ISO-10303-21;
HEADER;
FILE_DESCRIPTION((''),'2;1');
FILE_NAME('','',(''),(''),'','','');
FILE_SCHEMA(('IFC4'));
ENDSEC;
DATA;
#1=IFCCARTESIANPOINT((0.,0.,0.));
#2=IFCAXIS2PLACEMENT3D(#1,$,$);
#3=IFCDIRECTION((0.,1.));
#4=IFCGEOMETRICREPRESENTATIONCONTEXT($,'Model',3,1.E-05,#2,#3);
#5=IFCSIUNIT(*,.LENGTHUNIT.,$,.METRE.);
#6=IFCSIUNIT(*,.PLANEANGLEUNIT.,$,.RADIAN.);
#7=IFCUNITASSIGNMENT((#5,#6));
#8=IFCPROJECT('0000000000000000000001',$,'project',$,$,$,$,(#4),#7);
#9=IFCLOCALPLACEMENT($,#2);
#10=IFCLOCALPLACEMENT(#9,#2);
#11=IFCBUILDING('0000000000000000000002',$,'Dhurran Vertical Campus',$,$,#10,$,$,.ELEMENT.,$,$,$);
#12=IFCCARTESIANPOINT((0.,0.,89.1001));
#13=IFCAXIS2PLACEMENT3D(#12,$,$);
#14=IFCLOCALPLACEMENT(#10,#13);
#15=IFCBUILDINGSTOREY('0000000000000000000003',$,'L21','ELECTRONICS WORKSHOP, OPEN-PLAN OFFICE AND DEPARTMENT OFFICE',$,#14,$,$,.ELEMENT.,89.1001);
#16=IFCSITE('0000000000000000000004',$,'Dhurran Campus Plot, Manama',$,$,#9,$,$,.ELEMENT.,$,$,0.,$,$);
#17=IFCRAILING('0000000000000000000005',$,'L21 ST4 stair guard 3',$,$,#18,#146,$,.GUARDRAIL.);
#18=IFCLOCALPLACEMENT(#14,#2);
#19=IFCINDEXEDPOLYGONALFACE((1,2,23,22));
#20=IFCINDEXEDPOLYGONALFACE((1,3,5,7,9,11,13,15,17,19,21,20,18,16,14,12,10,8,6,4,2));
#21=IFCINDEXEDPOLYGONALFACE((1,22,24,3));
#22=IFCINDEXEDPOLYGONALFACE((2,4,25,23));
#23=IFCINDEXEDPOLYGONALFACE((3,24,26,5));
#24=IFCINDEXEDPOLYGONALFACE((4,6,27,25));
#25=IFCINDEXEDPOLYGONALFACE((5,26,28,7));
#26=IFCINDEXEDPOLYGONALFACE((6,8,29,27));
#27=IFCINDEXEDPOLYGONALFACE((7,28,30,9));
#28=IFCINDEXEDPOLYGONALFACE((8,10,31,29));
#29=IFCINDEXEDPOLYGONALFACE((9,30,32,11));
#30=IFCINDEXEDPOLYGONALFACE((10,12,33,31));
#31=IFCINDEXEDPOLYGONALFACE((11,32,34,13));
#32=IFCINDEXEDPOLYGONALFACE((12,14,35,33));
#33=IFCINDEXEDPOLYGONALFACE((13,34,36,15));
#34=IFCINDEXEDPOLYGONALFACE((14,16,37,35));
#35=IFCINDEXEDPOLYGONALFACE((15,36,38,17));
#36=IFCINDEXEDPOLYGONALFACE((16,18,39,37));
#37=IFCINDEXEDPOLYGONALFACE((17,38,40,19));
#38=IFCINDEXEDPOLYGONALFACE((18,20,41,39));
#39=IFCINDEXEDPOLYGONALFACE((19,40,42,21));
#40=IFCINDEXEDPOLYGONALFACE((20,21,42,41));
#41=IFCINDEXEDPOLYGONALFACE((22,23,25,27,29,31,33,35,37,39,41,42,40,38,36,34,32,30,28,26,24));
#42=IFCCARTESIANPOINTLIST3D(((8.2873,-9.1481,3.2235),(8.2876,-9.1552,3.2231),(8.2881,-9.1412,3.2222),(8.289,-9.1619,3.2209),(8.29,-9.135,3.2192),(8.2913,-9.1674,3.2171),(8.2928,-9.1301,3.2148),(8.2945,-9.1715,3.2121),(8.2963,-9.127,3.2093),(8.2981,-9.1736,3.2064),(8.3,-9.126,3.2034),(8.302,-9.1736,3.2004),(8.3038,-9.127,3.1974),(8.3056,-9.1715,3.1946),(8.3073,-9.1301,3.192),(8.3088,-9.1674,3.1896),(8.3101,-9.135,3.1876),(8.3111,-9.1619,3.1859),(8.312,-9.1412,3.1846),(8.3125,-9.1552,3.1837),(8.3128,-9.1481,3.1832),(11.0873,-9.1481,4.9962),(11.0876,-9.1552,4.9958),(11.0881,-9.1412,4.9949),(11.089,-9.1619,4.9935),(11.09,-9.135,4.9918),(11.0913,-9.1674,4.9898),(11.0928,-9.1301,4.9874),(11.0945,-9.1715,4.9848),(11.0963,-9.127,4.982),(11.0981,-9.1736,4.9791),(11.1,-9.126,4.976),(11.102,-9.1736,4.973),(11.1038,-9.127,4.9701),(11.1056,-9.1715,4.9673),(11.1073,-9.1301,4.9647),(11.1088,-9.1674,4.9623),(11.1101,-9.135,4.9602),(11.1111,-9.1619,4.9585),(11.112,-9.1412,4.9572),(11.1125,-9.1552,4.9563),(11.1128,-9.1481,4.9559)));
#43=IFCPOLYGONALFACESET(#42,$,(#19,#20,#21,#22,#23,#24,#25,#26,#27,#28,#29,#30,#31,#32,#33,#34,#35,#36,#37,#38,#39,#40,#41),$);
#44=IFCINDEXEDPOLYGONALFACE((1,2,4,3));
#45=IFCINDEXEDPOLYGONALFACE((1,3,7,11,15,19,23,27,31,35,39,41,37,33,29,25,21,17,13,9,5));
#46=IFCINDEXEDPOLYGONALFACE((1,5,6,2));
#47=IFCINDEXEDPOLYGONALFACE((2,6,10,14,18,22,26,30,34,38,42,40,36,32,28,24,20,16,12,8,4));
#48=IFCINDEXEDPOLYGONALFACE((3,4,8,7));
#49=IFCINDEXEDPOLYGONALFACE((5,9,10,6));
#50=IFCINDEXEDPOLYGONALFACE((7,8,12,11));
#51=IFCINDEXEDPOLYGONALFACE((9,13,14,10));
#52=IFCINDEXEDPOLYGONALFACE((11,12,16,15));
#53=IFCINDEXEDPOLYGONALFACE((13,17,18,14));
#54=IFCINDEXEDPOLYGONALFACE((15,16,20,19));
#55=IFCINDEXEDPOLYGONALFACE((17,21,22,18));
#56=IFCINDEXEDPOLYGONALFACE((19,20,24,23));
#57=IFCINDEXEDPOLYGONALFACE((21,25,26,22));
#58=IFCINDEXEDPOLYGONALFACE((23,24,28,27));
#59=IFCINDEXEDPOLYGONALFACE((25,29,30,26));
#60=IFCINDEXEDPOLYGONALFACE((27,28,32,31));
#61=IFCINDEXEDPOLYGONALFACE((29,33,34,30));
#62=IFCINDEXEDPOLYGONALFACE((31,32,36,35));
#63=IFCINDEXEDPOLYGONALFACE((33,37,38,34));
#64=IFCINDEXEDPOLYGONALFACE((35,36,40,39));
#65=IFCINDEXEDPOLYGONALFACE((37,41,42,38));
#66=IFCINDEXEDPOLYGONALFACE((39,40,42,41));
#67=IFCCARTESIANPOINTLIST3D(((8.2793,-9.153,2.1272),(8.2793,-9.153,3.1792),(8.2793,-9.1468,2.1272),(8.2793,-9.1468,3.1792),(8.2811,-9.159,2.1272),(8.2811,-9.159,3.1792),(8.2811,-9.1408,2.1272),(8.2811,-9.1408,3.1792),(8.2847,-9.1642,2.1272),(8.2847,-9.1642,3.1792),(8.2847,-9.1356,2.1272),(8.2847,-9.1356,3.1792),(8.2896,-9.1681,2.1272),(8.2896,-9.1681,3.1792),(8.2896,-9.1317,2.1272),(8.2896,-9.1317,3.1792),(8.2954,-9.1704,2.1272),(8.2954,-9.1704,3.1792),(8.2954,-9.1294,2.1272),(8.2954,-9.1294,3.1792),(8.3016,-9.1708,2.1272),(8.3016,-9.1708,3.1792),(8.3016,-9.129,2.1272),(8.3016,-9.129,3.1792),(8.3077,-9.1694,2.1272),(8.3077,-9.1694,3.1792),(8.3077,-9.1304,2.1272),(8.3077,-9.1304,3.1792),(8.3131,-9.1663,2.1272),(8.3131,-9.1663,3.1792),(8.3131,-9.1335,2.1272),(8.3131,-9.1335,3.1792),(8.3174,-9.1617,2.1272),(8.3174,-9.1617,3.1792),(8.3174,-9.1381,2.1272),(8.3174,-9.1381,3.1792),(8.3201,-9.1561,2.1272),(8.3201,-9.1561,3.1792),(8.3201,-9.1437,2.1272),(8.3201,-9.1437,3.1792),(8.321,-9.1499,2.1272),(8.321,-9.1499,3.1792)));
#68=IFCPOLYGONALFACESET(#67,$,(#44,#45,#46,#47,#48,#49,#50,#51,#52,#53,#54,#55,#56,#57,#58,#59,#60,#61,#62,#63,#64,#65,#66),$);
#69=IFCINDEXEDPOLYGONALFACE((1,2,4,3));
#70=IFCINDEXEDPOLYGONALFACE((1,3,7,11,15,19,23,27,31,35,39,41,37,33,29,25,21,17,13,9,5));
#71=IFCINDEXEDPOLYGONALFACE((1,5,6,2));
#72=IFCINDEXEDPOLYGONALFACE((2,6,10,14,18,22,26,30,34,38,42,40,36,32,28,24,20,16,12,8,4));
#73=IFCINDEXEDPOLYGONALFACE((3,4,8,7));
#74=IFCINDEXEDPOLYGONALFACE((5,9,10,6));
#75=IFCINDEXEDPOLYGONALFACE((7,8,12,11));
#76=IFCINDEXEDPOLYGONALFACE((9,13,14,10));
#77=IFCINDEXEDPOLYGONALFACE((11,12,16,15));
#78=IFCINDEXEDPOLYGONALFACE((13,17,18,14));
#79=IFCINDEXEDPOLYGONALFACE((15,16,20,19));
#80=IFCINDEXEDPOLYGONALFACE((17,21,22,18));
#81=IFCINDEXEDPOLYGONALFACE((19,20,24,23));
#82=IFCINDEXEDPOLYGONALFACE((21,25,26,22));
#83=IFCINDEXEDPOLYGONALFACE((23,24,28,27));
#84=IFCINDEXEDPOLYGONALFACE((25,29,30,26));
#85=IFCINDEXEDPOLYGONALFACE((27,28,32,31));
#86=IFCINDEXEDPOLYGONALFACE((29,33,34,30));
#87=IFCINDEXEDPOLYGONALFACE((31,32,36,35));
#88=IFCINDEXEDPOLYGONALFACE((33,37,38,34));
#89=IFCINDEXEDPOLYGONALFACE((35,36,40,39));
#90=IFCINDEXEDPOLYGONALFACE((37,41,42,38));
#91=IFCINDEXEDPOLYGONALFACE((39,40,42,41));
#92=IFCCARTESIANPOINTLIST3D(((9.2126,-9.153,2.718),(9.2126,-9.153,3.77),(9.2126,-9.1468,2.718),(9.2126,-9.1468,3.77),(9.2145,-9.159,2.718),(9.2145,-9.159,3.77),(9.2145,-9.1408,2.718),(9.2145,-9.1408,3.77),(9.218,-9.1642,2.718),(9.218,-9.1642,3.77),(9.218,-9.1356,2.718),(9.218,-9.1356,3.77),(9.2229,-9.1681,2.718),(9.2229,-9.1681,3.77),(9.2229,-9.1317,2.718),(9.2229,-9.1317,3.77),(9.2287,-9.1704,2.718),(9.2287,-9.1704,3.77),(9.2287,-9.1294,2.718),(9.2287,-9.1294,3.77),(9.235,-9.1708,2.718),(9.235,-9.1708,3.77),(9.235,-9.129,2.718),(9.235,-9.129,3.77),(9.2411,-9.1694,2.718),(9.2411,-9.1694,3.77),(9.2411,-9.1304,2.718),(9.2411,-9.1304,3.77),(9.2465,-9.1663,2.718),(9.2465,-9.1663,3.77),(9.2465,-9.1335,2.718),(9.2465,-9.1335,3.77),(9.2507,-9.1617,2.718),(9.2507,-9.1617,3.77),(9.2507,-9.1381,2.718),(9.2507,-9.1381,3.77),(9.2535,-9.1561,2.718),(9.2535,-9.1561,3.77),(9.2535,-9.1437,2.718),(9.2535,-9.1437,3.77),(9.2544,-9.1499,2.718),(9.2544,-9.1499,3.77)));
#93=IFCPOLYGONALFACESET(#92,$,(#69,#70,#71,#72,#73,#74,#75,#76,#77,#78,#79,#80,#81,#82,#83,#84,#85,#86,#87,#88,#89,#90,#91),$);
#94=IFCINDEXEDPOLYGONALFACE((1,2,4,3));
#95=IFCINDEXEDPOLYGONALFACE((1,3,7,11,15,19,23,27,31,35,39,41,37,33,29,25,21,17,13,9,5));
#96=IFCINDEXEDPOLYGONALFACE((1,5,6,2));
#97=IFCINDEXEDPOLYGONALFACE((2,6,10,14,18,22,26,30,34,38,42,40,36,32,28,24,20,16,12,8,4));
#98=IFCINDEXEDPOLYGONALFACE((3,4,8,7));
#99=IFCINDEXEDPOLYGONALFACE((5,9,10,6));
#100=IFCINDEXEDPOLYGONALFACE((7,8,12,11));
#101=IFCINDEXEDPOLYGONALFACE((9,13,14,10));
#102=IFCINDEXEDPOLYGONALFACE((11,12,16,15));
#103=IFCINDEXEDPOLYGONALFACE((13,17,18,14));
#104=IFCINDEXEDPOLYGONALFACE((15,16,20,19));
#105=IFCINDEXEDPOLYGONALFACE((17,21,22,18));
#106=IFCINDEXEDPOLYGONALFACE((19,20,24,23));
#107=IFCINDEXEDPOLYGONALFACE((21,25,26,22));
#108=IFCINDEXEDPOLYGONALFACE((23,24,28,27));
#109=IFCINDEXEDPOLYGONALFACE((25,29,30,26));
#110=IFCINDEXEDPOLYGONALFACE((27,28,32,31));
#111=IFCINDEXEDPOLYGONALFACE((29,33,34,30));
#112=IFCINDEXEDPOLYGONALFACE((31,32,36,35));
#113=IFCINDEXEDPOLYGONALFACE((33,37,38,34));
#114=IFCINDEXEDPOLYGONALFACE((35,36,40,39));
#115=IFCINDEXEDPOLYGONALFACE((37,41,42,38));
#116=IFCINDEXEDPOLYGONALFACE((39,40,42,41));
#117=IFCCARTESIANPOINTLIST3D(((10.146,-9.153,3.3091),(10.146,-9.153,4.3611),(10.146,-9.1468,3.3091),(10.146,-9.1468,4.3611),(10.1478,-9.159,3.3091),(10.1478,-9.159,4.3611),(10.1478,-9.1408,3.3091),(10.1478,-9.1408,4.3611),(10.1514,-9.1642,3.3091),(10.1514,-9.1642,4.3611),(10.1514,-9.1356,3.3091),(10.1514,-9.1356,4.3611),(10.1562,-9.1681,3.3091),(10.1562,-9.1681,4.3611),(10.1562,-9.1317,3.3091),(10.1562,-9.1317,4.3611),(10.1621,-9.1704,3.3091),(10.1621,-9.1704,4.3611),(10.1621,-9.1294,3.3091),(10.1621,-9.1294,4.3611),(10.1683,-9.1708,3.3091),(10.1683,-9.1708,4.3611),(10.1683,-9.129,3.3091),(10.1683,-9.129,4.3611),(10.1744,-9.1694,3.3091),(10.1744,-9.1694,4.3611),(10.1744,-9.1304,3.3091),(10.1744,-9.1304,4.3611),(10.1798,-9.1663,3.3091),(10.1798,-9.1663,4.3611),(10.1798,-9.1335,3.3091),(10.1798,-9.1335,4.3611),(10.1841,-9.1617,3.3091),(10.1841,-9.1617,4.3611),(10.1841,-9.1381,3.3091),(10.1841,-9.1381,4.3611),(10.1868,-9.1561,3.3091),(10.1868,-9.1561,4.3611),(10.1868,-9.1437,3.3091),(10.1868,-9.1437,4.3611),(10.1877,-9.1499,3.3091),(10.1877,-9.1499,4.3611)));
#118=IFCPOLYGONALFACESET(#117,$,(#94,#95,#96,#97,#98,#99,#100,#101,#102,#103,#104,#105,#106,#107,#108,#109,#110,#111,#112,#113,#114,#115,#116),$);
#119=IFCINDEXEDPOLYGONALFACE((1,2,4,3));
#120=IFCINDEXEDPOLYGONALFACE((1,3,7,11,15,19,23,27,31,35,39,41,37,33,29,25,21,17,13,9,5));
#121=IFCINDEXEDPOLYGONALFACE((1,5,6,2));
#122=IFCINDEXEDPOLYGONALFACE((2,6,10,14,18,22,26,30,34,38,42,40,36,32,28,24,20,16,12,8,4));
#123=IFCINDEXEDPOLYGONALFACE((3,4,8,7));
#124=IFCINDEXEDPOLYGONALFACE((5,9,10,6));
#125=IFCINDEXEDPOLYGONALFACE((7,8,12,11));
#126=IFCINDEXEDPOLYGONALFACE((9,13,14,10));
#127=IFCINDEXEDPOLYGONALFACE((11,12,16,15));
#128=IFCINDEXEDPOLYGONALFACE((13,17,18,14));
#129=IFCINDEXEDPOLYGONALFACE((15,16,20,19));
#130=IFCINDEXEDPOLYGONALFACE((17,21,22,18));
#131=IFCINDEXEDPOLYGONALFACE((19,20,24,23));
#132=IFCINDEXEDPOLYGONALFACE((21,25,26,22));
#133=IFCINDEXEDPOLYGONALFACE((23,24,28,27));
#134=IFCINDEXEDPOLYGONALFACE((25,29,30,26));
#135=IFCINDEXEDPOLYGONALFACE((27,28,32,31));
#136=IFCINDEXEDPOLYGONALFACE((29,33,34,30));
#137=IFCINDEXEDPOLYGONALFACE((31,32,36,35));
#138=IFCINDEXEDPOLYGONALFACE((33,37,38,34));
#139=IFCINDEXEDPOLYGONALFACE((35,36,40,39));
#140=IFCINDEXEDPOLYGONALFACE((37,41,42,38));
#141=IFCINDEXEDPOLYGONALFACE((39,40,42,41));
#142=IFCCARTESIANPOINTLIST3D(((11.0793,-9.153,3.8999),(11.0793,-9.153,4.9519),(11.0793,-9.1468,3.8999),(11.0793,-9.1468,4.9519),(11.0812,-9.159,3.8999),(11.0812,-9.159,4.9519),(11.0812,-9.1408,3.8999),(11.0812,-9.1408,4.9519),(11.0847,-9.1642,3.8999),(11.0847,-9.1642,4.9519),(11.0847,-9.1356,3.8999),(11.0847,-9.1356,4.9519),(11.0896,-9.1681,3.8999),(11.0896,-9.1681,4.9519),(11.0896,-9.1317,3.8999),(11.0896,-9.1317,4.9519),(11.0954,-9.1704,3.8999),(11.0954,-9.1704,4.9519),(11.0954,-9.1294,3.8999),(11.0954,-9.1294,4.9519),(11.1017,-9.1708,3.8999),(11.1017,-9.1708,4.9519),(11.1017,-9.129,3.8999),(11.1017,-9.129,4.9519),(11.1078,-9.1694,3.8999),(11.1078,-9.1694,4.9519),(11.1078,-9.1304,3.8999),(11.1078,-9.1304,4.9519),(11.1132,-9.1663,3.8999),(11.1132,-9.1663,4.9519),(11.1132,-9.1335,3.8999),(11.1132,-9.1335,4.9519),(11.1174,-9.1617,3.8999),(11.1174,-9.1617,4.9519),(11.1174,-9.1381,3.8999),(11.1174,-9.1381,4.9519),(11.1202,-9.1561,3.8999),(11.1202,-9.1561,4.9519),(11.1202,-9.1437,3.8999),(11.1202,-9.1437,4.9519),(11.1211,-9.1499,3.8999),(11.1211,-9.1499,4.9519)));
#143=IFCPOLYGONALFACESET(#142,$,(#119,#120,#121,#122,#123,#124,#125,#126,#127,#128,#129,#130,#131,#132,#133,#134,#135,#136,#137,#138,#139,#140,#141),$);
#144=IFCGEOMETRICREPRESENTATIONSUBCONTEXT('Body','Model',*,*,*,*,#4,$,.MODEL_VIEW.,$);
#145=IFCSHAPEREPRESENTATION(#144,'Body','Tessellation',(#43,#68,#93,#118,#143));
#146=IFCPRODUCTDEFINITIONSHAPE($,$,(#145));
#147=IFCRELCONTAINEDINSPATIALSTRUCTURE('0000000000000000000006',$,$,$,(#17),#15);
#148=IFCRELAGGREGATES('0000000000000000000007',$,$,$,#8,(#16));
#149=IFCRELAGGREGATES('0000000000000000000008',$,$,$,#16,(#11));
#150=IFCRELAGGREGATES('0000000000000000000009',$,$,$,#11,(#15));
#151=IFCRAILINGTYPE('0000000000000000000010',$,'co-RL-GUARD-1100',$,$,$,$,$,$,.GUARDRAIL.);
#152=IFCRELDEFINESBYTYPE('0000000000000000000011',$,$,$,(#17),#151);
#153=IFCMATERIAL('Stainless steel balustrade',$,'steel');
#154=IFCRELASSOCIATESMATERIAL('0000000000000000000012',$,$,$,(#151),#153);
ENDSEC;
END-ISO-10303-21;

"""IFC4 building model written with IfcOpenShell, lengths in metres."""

from ifc_helpers import new_model, si_unit, direction, frame, origin, origin_2d, place, context, subcontext, project, spatial, circle, extrude, material, type_object, element, save


model = new_model("IFC4")

# Units and contexts
model_context = context("Model", 3, precision=1e-05, world=origin(), true_north=direction((0.0, 1.0)))
body_context = subcontext(model_context, "Body", "Model", "MODEL_VIEW")
ifc_project = project(units=[si_unit("LENGTHUNIT", "METRE"), si_unit("PLANEANGLEUNIT", "RADIAN")], contexts=[model_context])

# Site, building, storey
site_placement = place(None, origin())
site = spatial("IfcSite", under=ifc_project, at=site_placement, Name="Dhurran Campus Plot, Manama", CompositionType="ELEMENT", RefElevation=0.0)
building_placement = place(site_placement, origin())
building = spatial("IfcBuilding", under=site, at=building_placement, Name="Dhurran Vertical Campus", CompositionType="ELEMENT")
storey_placement = place(building_placement, frame((0.0, 0.0, 89.1001)))
storey = spatial("IfcBuildingStorey", under=building, at=storey_placement, Name="L21", Description="ELECTRONICS WORKSHOP, OPEN-PLAN OFFICE AND DEPARTMENT OFFICE", CompositionType="ELEMENT", Elevation=89.1001)

# Railing
ifc_material_1 = material(Name="Stainless steel balustrade", Category="steel")
railing_type_1 = type_object("IfcRailingType", Name="co-RL-GUARD-1100", PredefinedType="GUARDRAIL", material=ifc_material_1)
railing_1_placement = place(storey_placement, frame((8.3, -9.1499, 2.1272)))
element("IfcRailing", 1, at=railing_1_placement, inside=storey, type_object=railing_type_1, Name="L21 ST4 stair guard 3", PredefinedType="GUARDRAIL", context=body_context, shape_type="SweptSolid", body=[
    extrude(circle(Radius=0.0239, at=origin_2d()), frame((0.0, 0.0, 1.0762), z_axis=(0.844909, 0.0, 0.53491), x_axis=(0.0, 1.0, 0.0)), (0.0, 0.0, 1.0), 3.314),
    extrude(circle(Radius=0.021, at=origin_2d()), origin(), (0.0, 0.0, 1.0), 1.052),
    extrude(circle(Radius=0.021, at=origin_2d()), frame((0.9333, 0.0, 0.5908)), (0.0, 0.0, 1.0), 1.052),
    extrude(circle(Radius=0.021, at=origin_2d()), frame((1.8667, 0.0, 1.1819)), (0.0, 0.0, 1.0), 1.052),
    extrude(circle(Radius=0.021, at=origin_2d()), frame((2.8, 0.0, 1.7727)), (0.0, 0.0, 1.0), 1.052),
])

save(model, "model.ifc")
